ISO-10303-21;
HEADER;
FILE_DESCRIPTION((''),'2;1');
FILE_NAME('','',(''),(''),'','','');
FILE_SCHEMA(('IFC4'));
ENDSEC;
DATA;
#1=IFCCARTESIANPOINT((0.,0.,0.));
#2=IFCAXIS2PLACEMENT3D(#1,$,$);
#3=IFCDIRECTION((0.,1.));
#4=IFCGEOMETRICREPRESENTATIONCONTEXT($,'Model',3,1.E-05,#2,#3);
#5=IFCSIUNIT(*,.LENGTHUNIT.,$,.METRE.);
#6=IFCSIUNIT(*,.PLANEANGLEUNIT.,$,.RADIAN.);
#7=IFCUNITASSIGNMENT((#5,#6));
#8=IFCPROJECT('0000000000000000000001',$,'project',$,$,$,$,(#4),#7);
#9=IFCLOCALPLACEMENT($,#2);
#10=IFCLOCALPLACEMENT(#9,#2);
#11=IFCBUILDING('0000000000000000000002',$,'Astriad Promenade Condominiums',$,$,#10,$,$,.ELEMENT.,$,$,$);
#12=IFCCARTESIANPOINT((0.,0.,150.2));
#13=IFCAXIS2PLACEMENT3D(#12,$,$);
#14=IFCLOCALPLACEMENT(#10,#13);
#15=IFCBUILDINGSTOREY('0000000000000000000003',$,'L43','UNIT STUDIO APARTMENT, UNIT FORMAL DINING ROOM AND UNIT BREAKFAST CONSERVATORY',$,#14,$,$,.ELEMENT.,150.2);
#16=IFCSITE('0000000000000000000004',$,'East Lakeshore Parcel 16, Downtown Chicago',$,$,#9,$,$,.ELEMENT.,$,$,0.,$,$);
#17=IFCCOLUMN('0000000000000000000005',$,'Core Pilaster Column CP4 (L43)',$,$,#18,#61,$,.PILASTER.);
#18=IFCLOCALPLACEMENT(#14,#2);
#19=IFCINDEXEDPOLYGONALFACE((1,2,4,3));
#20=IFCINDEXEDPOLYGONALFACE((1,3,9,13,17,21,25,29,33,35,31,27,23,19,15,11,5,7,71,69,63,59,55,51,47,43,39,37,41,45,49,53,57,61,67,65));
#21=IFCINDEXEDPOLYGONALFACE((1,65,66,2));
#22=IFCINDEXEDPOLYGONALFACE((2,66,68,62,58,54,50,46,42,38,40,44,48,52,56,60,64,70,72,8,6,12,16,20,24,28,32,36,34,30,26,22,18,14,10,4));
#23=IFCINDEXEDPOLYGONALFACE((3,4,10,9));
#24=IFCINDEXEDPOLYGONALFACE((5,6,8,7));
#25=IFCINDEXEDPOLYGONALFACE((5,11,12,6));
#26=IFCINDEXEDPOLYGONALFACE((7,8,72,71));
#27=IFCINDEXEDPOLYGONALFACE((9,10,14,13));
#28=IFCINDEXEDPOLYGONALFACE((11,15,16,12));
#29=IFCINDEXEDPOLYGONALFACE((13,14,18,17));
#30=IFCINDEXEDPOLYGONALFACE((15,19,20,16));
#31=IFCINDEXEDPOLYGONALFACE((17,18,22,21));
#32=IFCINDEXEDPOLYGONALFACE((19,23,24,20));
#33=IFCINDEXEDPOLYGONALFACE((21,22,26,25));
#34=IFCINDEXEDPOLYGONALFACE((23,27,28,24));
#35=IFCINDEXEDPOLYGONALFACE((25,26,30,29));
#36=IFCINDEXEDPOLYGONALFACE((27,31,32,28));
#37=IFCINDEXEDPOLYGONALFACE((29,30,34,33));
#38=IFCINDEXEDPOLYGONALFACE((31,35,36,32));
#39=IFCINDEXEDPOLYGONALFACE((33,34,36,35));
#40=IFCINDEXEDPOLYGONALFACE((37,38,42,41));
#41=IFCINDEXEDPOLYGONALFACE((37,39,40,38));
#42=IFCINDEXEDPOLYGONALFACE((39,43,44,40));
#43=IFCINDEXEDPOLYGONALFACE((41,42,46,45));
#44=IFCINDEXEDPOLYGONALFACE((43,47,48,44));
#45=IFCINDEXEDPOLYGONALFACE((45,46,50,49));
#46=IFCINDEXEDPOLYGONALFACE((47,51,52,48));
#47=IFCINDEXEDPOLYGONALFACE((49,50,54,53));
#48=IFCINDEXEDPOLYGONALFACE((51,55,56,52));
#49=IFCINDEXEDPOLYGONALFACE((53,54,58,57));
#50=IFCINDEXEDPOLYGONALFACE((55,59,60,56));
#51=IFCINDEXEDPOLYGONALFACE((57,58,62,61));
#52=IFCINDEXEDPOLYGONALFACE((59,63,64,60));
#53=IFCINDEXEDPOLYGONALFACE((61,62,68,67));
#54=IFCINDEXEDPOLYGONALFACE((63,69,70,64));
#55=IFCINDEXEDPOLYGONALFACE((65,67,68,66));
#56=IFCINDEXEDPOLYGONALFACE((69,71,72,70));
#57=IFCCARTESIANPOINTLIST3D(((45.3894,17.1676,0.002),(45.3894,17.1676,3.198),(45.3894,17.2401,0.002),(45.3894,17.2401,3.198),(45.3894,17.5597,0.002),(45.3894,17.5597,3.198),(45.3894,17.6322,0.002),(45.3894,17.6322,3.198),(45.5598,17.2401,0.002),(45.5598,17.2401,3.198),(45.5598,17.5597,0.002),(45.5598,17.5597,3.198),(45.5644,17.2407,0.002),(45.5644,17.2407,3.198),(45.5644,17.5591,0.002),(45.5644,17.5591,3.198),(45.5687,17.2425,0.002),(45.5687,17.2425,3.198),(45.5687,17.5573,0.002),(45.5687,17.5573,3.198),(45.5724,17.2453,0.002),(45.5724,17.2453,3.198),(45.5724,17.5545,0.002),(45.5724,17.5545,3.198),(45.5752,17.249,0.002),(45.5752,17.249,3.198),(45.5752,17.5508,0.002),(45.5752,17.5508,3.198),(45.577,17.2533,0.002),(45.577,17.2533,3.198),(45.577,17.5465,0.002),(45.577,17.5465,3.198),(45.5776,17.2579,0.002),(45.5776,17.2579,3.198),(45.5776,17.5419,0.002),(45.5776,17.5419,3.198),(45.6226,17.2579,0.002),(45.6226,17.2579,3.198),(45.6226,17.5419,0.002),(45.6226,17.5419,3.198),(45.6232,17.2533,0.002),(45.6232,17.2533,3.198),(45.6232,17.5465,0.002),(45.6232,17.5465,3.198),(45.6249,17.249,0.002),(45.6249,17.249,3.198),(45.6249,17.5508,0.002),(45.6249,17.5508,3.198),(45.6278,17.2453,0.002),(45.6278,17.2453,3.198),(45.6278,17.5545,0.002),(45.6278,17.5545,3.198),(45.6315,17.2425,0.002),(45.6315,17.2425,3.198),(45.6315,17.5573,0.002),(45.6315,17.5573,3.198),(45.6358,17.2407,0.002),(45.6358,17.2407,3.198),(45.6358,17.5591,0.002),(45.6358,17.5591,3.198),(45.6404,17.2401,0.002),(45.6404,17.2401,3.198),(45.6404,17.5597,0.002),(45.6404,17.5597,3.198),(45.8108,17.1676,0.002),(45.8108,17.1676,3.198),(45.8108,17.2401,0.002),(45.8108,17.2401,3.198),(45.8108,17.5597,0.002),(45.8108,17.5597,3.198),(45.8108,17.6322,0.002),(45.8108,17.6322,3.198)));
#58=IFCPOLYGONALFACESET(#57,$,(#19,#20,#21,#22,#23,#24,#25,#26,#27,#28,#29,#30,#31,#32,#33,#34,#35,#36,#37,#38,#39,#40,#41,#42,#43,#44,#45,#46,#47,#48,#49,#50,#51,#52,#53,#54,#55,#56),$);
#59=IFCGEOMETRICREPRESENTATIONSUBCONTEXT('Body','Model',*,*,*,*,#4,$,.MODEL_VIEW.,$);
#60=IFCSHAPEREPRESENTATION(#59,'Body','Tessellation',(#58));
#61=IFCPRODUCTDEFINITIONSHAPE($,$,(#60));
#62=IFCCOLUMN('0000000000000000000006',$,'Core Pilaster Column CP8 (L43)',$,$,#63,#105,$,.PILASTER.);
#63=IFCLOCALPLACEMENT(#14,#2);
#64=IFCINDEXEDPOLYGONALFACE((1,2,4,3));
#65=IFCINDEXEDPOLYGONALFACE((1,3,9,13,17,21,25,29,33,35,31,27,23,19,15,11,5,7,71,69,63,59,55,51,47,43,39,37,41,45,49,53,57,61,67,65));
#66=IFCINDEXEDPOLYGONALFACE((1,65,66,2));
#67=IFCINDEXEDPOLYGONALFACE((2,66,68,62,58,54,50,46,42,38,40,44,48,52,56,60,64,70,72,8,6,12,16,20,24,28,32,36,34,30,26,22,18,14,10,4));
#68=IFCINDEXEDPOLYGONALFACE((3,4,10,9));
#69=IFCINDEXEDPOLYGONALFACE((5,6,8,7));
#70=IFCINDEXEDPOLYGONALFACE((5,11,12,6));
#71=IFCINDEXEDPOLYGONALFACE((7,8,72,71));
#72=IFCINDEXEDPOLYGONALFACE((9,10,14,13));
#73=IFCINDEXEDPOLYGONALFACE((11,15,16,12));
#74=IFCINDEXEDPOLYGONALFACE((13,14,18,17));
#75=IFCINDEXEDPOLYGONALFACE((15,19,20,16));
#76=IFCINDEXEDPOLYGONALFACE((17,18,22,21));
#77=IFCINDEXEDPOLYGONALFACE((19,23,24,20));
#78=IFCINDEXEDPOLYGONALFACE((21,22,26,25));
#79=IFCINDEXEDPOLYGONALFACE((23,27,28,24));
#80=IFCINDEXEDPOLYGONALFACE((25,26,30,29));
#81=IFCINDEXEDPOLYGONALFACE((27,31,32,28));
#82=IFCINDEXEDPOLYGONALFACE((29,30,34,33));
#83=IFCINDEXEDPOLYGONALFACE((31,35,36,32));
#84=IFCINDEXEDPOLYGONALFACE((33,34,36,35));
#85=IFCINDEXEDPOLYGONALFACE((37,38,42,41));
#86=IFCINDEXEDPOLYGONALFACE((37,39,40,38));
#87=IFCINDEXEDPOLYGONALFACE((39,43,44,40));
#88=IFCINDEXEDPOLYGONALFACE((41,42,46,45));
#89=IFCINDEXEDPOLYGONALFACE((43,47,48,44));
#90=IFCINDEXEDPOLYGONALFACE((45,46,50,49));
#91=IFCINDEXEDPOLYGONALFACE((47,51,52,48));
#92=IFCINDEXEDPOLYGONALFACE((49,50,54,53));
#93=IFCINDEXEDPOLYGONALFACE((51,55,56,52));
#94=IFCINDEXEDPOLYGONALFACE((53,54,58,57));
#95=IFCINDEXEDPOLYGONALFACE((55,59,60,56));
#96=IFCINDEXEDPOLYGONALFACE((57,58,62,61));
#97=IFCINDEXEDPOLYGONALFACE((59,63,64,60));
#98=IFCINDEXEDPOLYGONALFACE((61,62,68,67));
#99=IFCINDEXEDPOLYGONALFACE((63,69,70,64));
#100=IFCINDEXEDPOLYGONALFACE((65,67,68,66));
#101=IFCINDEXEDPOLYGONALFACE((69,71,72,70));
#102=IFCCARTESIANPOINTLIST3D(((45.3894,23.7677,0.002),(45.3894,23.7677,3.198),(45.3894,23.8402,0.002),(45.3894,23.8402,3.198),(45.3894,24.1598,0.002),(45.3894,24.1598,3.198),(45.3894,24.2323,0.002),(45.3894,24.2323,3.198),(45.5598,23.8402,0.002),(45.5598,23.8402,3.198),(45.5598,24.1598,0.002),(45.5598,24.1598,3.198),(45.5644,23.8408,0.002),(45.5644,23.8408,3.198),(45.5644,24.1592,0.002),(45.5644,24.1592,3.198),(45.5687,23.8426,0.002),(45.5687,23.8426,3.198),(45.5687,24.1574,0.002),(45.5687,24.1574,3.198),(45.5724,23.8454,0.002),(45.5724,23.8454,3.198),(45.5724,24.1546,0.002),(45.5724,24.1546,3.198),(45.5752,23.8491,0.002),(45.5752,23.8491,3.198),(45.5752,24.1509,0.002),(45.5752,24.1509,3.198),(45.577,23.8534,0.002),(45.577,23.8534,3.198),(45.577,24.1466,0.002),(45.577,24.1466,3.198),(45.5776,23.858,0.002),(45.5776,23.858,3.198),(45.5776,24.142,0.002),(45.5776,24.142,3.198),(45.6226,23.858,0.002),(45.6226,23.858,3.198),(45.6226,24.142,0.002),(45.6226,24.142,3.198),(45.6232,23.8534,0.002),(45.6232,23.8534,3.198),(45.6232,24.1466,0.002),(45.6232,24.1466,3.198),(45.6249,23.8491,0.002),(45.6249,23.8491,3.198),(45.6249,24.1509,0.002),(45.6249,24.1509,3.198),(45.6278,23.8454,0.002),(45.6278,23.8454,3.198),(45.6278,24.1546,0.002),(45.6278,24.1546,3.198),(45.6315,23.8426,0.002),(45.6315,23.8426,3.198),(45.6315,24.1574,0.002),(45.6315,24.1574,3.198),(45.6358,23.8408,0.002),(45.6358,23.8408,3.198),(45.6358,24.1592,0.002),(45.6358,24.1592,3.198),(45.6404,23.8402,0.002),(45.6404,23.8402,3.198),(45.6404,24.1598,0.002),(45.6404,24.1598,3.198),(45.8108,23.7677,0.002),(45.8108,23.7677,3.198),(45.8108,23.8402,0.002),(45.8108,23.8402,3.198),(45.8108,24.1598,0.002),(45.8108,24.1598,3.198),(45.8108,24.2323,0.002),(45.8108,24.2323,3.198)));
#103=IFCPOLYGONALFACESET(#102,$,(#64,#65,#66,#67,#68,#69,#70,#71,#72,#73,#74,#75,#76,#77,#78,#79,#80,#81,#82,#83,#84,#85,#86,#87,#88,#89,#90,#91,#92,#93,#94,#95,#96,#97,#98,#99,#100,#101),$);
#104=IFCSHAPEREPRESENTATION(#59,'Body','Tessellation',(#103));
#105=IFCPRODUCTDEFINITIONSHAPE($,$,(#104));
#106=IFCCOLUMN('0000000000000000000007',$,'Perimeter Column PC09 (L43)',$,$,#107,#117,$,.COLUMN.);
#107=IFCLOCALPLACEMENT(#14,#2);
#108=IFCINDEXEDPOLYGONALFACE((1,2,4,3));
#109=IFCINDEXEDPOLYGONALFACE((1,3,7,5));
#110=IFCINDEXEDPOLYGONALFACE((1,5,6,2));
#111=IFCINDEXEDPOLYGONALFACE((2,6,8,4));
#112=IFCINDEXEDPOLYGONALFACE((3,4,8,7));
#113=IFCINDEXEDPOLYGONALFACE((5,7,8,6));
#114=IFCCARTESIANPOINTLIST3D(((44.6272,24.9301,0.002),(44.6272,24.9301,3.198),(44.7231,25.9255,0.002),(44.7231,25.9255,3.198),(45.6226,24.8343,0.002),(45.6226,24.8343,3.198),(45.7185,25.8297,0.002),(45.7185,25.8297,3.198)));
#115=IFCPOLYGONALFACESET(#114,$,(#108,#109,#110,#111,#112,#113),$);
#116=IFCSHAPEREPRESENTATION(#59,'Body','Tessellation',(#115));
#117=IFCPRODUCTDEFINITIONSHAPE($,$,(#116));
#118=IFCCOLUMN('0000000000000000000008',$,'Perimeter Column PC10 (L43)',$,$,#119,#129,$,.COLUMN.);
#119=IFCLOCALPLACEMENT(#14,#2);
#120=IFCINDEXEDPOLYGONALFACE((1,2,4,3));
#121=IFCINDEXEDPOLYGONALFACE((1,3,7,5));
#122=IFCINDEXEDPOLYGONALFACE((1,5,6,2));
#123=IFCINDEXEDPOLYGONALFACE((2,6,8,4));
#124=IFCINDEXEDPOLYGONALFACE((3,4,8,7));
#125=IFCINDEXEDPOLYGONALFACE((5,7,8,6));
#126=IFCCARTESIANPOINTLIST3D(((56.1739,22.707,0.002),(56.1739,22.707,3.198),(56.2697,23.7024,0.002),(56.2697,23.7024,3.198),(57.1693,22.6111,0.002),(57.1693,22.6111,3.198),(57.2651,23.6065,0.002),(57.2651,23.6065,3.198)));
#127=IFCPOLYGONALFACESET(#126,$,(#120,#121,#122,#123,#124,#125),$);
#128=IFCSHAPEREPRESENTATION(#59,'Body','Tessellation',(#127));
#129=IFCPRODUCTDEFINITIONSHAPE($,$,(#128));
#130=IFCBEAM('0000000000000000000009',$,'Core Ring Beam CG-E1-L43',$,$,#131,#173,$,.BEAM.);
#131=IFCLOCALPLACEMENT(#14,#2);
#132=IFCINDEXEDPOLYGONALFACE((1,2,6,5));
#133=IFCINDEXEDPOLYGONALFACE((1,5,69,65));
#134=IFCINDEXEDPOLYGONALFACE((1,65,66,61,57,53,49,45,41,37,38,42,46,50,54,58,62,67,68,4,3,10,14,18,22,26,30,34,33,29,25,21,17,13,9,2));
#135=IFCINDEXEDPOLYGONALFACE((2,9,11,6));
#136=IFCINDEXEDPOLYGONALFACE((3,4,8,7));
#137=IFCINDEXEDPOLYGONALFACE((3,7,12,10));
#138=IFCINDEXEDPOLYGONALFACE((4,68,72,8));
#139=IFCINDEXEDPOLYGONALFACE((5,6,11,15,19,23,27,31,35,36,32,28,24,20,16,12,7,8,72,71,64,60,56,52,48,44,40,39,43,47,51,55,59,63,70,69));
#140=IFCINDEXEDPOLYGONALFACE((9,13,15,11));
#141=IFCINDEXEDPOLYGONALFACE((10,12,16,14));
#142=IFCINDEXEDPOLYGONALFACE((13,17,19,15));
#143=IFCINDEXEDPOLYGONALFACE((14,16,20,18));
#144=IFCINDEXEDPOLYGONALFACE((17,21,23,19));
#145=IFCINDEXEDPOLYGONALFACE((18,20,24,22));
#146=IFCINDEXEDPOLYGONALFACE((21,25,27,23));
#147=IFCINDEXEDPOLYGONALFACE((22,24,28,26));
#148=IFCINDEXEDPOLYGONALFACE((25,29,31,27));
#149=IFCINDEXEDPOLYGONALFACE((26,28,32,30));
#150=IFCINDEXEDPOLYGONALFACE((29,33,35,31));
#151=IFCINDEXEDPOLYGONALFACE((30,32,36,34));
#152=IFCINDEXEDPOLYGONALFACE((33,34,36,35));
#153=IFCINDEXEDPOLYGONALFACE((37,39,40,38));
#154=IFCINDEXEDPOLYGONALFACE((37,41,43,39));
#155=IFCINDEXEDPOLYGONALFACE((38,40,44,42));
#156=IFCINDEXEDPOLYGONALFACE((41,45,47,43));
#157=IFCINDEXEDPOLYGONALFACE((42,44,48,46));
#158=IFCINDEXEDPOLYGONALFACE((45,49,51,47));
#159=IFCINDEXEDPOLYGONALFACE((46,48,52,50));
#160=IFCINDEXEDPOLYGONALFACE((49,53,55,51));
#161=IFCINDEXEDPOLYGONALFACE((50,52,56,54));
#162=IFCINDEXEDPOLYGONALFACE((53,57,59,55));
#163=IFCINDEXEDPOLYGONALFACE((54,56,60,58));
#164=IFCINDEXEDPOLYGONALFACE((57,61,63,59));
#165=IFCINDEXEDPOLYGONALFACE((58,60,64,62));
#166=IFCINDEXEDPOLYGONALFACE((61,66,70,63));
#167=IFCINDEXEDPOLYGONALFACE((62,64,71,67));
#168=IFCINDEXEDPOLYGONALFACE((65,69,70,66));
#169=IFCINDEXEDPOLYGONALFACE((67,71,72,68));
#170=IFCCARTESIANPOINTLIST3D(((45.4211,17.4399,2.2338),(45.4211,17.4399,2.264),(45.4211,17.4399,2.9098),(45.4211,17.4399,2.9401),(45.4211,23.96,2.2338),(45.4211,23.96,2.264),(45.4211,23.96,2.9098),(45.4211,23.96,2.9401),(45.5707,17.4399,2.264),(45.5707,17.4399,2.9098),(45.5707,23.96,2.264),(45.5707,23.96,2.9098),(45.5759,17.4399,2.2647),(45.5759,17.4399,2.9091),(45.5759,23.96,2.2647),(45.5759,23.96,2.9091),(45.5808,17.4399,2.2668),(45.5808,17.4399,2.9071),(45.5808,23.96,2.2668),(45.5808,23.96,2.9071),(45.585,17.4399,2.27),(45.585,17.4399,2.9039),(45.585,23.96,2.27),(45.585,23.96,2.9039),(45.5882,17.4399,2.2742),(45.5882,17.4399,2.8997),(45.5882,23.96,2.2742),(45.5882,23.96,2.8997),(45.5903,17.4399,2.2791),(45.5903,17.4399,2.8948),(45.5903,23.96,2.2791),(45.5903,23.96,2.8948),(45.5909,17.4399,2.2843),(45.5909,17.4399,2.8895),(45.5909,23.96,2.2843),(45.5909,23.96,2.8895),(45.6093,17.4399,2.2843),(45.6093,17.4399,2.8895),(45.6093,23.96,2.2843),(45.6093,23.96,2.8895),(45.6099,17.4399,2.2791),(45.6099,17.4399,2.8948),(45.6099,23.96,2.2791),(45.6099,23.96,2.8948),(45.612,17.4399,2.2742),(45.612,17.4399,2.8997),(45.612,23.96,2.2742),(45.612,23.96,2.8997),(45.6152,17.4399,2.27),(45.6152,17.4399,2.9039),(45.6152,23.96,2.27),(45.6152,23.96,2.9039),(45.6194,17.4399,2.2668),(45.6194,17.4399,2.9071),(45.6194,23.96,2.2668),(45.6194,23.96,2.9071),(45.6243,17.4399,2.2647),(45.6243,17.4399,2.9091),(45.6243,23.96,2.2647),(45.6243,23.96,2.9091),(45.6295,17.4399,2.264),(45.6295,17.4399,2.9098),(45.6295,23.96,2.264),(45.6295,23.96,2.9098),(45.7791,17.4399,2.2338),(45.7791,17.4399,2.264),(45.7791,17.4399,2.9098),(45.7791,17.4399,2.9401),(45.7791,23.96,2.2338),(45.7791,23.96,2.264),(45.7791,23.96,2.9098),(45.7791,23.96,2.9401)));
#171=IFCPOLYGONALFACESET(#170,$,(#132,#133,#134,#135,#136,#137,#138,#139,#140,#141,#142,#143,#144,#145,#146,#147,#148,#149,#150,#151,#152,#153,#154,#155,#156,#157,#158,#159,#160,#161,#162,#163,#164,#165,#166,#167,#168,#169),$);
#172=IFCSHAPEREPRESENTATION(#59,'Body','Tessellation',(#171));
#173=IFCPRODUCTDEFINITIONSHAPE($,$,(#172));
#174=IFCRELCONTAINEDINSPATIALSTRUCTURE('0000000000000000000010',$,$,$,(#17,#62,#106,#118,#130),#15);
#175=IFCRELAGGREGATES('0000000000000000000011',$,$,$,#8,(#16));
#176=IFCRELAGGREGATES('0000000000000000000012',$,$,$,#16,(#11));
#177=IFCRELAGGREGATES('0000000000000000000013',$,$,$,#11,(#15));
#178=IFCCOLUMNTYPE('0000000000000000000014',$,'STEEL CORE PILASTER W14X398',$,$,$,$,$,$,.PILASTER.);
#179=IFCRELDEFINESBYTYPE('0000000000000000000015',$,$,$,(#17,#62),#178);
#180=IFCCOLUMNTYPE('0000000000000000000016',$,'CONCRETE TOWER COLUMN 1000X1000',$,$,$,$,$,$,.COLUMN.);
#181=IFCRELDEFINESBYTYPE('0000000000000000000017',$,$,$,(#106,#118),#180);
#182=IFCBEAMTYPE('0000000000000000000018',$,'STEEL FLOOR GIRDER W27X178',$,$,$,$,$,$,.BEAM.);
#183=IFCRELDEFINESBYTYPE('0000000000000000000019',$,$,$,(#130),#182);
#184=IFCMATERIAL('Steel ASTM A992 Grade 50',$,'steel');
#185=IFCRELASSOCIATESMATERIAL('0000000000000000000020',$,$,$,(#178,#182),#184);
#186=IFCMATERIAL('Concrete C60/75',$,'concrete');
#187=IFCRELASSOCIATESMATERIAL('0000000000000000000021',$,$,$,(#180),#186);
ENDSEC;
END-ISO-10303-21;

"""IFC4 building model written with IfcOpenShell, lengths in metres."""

from ifc_helpers import new_model, si_unit, direction, frame, origin, origin_2d, place, context, subcontext, project, spatial, rectangle, i_section, extrude, source, transform, mapped, material, material_profile, profile_set, type_object, type_shapes, element, save


model = new_model("IFC4")

# Units and contexts
model_context = context("Model", 3, precision=1e-05, world=origin(), true_north=direction((0.0, 1.0)))
body_context = subcontext(model_context, "Body", "Model", "MODEL_VIEW")
ifc_project = project(units=[si_unit("LENGTHUNIT", "METRE"), si_unit("PLANEANGLEUNIT", "RADIAN")], contexts=[model_context])

# Site, building, storey
site_placement = place(None, origin())
site = spatial("IfcSite", under=ifc_project, at=site_placement, Name="East Lakeshore Parcel 16, Downtown Chicago", CompositionType="ELEMENT", RefElevation=0.0)
building_placement = place(site_placement, origin())
building = spatial("IfcBuilding", under=site, at=building_placement, Name="Astriad Promenade Condominiums", CompositionType="ELEMENT")
storey_placement = place(building_placement, frame((0.0, 0.0, 150.2)))
storey = spatial("IfcBuildingStorey", under=building, at=storey_placement, Name="L43", Description="UNIT STUDIO APARTMENT, UNIT FORMAL DINING ROOM AND UNIT BREAKFAST CONSERVATORY", CompositionType="ELEMENT", Elevation=150.2)

# Columns
ifc_material_1 = material(Name="Steel ASTM A992 Grade 50", Category="steel")
ifc_material_profile_1 = material_profile(ifc_material_1, i_section(OverallWidth=0.4214, OverallDepth=0.4646, WebThickness=0.0449, FlangeThickness=0.0725, FilletRadius=0.0178, at=origin_2d()), Name="W14X398")
ifc_profile_set_1 = profile_set([ifc_material_profile_1], Name="Steel ASTM A992 Grade 50")
column_type_1 = type_object("IfcColumnType", Name="STEEL CORE PILASTER W14X398", PredefinedType="PILASTER", material=ifc_profile_set_1)
shared_shape_1 = source(origin(), body_context, "Body", "SweptSolid", [
    extrude(i_section(OverallWidth=0.4214, OverallDepth=0.4646, WebThickness=0.0449, FlangeThickness=0.0725, FilletRadius=0.0178, at=origin_2d()), origin(), (0.0, 0.0, 1.0), 3.196),
])
type_shapes(column_type_1, [shared_shape_1])
for number, where, z_axis, x_axis, name in (
    (1, (45.6001, 17.3999, 0.002), (0.0, 0.0, 1.0), (1.0, 0.0, 0.0), "Core Pilaster Column CP4 (L43)"),
    (2, (45.6001, 24.0, 0.002), (0.0, 0.0, 1.0), (1.0, 0.0, 0.0), "Core Pilaster Column CP8 (L43)"),
):
    element("IfcColumn", number, at=place(storey_placement, frame(where, z_axis=z_axis, x_axis=x_axis)), inside=storey, type_object=column_type_1, Name=name, PredefinedType="PILASTER", context=body_context, shape_type="MappedRepresentation", body=[
        mapped(shared_shape_1, transform((0.0, 0.0, 0.0), scale=1.0)),
    ])
ifc_material_2 = material(Name="Concrete C60/75", Category="concrete")
ifc_material_profile_2 = material_profile(ifc_material_2, rectangle(XDim=1.0, YDim=1.0, at=origin_2d()), Name="RC-COL-1000X1000")
ifc_profile_set_2 = profile_set([ifc_material_profile_2], Name="Concrete C60/75")
column_type_2 = type_object("IfcColumnType", Name="CONCRETE TOWER COLUMN 1000X1000", PredefinedType="COLUMN", material=ifc_profile_set_2)
shared_shape_2 = source(origin(), body_context, "Body", "SweptSolid", [
    extrude(rectangle(XDim=1.0, YDim=1.0, at=origin_2d()), origin(), (0.0, 0.0, 1.0), 3.196),
])
type_shapes(column_type_2, [shared_shape_2])
for number, where, z_axis, x_axis, name in (
    (3, (45.1729, 25.3799, 0.002), (0.0, 0.0, 1.0), (0.995396, -0.095846, 0.0), "Perimeter Column PC09 (L43)"),
    (4, (56.7195, 23.1567, 0.002), (0.0, 0.0, 1.0), (0.995396, -0.095846, 0.0), "Perimeter Column PC10 (L43)"),
):
    element("IfcColumn", number, at=place(storey_placement, frame(where, z_axis=z_axis, x_axis=x_axis)), inside=storey, type_object=column_type_2, Name=name, PredefinedType="COLUMN", context=body_context, shape_type="MappedRepresentation", body=[
        mapped(shared_shape_2, transform((0.0, 0.0, 0.0), scale=1.0)),
    ])

# Beam
ifc_material_profile_3 = material_profile(ifc_material_1, i_section(OverallWidth=0.3579, OverallDepth=0.7063, WebThickness=0.0183, FlangeThickness=0.0303, FilletRadius=0.0203, at=origin_2d()), Name="W27X178")
ifc_profile_set_3 = profile_set([ifc_material_profile_3], Name="Steel ASTM A992 Grade 50")
beam_type_1 = type_object("IfcBeamType", Name="STEEL FLOOR GIRDER W27X178", PredefinedType="BEAM", material=ifc_profile_set_3)
shared_shape_3 = source(origin(), body_context, "Body", "SweptSolid", [
    extrude(i_section(OverallWidth=0.3579, OverallDepth=0.7063, WebThickness=0.0183, FlangeThickness=0.0303, FilletRadius=0.0203, at=origin_2d()), origin(), (0.0, 0.0, 1.0), 6.52),
])
beam_1_placement = place(storey_placement, frame((45.6001, 17.4399, 2.5869), z_axis=(0.0, 1.0, 0.0), x_axis=(-1.0, 0.0, 0.0)))
element("IfcBeam", 5, at=beam_1_placement, inside=storey, type_object=beam_type_1, Name="Core Ring Beam CG-E1-L43", PredefinedType="BEAM", context=body_context, shape_type="MappedRepresentation", body=[
    mapped(shared_shape_3, transform((0.0, 0.0, 0.0), scale=1.0)),
])

save(model, "model.ifc")
